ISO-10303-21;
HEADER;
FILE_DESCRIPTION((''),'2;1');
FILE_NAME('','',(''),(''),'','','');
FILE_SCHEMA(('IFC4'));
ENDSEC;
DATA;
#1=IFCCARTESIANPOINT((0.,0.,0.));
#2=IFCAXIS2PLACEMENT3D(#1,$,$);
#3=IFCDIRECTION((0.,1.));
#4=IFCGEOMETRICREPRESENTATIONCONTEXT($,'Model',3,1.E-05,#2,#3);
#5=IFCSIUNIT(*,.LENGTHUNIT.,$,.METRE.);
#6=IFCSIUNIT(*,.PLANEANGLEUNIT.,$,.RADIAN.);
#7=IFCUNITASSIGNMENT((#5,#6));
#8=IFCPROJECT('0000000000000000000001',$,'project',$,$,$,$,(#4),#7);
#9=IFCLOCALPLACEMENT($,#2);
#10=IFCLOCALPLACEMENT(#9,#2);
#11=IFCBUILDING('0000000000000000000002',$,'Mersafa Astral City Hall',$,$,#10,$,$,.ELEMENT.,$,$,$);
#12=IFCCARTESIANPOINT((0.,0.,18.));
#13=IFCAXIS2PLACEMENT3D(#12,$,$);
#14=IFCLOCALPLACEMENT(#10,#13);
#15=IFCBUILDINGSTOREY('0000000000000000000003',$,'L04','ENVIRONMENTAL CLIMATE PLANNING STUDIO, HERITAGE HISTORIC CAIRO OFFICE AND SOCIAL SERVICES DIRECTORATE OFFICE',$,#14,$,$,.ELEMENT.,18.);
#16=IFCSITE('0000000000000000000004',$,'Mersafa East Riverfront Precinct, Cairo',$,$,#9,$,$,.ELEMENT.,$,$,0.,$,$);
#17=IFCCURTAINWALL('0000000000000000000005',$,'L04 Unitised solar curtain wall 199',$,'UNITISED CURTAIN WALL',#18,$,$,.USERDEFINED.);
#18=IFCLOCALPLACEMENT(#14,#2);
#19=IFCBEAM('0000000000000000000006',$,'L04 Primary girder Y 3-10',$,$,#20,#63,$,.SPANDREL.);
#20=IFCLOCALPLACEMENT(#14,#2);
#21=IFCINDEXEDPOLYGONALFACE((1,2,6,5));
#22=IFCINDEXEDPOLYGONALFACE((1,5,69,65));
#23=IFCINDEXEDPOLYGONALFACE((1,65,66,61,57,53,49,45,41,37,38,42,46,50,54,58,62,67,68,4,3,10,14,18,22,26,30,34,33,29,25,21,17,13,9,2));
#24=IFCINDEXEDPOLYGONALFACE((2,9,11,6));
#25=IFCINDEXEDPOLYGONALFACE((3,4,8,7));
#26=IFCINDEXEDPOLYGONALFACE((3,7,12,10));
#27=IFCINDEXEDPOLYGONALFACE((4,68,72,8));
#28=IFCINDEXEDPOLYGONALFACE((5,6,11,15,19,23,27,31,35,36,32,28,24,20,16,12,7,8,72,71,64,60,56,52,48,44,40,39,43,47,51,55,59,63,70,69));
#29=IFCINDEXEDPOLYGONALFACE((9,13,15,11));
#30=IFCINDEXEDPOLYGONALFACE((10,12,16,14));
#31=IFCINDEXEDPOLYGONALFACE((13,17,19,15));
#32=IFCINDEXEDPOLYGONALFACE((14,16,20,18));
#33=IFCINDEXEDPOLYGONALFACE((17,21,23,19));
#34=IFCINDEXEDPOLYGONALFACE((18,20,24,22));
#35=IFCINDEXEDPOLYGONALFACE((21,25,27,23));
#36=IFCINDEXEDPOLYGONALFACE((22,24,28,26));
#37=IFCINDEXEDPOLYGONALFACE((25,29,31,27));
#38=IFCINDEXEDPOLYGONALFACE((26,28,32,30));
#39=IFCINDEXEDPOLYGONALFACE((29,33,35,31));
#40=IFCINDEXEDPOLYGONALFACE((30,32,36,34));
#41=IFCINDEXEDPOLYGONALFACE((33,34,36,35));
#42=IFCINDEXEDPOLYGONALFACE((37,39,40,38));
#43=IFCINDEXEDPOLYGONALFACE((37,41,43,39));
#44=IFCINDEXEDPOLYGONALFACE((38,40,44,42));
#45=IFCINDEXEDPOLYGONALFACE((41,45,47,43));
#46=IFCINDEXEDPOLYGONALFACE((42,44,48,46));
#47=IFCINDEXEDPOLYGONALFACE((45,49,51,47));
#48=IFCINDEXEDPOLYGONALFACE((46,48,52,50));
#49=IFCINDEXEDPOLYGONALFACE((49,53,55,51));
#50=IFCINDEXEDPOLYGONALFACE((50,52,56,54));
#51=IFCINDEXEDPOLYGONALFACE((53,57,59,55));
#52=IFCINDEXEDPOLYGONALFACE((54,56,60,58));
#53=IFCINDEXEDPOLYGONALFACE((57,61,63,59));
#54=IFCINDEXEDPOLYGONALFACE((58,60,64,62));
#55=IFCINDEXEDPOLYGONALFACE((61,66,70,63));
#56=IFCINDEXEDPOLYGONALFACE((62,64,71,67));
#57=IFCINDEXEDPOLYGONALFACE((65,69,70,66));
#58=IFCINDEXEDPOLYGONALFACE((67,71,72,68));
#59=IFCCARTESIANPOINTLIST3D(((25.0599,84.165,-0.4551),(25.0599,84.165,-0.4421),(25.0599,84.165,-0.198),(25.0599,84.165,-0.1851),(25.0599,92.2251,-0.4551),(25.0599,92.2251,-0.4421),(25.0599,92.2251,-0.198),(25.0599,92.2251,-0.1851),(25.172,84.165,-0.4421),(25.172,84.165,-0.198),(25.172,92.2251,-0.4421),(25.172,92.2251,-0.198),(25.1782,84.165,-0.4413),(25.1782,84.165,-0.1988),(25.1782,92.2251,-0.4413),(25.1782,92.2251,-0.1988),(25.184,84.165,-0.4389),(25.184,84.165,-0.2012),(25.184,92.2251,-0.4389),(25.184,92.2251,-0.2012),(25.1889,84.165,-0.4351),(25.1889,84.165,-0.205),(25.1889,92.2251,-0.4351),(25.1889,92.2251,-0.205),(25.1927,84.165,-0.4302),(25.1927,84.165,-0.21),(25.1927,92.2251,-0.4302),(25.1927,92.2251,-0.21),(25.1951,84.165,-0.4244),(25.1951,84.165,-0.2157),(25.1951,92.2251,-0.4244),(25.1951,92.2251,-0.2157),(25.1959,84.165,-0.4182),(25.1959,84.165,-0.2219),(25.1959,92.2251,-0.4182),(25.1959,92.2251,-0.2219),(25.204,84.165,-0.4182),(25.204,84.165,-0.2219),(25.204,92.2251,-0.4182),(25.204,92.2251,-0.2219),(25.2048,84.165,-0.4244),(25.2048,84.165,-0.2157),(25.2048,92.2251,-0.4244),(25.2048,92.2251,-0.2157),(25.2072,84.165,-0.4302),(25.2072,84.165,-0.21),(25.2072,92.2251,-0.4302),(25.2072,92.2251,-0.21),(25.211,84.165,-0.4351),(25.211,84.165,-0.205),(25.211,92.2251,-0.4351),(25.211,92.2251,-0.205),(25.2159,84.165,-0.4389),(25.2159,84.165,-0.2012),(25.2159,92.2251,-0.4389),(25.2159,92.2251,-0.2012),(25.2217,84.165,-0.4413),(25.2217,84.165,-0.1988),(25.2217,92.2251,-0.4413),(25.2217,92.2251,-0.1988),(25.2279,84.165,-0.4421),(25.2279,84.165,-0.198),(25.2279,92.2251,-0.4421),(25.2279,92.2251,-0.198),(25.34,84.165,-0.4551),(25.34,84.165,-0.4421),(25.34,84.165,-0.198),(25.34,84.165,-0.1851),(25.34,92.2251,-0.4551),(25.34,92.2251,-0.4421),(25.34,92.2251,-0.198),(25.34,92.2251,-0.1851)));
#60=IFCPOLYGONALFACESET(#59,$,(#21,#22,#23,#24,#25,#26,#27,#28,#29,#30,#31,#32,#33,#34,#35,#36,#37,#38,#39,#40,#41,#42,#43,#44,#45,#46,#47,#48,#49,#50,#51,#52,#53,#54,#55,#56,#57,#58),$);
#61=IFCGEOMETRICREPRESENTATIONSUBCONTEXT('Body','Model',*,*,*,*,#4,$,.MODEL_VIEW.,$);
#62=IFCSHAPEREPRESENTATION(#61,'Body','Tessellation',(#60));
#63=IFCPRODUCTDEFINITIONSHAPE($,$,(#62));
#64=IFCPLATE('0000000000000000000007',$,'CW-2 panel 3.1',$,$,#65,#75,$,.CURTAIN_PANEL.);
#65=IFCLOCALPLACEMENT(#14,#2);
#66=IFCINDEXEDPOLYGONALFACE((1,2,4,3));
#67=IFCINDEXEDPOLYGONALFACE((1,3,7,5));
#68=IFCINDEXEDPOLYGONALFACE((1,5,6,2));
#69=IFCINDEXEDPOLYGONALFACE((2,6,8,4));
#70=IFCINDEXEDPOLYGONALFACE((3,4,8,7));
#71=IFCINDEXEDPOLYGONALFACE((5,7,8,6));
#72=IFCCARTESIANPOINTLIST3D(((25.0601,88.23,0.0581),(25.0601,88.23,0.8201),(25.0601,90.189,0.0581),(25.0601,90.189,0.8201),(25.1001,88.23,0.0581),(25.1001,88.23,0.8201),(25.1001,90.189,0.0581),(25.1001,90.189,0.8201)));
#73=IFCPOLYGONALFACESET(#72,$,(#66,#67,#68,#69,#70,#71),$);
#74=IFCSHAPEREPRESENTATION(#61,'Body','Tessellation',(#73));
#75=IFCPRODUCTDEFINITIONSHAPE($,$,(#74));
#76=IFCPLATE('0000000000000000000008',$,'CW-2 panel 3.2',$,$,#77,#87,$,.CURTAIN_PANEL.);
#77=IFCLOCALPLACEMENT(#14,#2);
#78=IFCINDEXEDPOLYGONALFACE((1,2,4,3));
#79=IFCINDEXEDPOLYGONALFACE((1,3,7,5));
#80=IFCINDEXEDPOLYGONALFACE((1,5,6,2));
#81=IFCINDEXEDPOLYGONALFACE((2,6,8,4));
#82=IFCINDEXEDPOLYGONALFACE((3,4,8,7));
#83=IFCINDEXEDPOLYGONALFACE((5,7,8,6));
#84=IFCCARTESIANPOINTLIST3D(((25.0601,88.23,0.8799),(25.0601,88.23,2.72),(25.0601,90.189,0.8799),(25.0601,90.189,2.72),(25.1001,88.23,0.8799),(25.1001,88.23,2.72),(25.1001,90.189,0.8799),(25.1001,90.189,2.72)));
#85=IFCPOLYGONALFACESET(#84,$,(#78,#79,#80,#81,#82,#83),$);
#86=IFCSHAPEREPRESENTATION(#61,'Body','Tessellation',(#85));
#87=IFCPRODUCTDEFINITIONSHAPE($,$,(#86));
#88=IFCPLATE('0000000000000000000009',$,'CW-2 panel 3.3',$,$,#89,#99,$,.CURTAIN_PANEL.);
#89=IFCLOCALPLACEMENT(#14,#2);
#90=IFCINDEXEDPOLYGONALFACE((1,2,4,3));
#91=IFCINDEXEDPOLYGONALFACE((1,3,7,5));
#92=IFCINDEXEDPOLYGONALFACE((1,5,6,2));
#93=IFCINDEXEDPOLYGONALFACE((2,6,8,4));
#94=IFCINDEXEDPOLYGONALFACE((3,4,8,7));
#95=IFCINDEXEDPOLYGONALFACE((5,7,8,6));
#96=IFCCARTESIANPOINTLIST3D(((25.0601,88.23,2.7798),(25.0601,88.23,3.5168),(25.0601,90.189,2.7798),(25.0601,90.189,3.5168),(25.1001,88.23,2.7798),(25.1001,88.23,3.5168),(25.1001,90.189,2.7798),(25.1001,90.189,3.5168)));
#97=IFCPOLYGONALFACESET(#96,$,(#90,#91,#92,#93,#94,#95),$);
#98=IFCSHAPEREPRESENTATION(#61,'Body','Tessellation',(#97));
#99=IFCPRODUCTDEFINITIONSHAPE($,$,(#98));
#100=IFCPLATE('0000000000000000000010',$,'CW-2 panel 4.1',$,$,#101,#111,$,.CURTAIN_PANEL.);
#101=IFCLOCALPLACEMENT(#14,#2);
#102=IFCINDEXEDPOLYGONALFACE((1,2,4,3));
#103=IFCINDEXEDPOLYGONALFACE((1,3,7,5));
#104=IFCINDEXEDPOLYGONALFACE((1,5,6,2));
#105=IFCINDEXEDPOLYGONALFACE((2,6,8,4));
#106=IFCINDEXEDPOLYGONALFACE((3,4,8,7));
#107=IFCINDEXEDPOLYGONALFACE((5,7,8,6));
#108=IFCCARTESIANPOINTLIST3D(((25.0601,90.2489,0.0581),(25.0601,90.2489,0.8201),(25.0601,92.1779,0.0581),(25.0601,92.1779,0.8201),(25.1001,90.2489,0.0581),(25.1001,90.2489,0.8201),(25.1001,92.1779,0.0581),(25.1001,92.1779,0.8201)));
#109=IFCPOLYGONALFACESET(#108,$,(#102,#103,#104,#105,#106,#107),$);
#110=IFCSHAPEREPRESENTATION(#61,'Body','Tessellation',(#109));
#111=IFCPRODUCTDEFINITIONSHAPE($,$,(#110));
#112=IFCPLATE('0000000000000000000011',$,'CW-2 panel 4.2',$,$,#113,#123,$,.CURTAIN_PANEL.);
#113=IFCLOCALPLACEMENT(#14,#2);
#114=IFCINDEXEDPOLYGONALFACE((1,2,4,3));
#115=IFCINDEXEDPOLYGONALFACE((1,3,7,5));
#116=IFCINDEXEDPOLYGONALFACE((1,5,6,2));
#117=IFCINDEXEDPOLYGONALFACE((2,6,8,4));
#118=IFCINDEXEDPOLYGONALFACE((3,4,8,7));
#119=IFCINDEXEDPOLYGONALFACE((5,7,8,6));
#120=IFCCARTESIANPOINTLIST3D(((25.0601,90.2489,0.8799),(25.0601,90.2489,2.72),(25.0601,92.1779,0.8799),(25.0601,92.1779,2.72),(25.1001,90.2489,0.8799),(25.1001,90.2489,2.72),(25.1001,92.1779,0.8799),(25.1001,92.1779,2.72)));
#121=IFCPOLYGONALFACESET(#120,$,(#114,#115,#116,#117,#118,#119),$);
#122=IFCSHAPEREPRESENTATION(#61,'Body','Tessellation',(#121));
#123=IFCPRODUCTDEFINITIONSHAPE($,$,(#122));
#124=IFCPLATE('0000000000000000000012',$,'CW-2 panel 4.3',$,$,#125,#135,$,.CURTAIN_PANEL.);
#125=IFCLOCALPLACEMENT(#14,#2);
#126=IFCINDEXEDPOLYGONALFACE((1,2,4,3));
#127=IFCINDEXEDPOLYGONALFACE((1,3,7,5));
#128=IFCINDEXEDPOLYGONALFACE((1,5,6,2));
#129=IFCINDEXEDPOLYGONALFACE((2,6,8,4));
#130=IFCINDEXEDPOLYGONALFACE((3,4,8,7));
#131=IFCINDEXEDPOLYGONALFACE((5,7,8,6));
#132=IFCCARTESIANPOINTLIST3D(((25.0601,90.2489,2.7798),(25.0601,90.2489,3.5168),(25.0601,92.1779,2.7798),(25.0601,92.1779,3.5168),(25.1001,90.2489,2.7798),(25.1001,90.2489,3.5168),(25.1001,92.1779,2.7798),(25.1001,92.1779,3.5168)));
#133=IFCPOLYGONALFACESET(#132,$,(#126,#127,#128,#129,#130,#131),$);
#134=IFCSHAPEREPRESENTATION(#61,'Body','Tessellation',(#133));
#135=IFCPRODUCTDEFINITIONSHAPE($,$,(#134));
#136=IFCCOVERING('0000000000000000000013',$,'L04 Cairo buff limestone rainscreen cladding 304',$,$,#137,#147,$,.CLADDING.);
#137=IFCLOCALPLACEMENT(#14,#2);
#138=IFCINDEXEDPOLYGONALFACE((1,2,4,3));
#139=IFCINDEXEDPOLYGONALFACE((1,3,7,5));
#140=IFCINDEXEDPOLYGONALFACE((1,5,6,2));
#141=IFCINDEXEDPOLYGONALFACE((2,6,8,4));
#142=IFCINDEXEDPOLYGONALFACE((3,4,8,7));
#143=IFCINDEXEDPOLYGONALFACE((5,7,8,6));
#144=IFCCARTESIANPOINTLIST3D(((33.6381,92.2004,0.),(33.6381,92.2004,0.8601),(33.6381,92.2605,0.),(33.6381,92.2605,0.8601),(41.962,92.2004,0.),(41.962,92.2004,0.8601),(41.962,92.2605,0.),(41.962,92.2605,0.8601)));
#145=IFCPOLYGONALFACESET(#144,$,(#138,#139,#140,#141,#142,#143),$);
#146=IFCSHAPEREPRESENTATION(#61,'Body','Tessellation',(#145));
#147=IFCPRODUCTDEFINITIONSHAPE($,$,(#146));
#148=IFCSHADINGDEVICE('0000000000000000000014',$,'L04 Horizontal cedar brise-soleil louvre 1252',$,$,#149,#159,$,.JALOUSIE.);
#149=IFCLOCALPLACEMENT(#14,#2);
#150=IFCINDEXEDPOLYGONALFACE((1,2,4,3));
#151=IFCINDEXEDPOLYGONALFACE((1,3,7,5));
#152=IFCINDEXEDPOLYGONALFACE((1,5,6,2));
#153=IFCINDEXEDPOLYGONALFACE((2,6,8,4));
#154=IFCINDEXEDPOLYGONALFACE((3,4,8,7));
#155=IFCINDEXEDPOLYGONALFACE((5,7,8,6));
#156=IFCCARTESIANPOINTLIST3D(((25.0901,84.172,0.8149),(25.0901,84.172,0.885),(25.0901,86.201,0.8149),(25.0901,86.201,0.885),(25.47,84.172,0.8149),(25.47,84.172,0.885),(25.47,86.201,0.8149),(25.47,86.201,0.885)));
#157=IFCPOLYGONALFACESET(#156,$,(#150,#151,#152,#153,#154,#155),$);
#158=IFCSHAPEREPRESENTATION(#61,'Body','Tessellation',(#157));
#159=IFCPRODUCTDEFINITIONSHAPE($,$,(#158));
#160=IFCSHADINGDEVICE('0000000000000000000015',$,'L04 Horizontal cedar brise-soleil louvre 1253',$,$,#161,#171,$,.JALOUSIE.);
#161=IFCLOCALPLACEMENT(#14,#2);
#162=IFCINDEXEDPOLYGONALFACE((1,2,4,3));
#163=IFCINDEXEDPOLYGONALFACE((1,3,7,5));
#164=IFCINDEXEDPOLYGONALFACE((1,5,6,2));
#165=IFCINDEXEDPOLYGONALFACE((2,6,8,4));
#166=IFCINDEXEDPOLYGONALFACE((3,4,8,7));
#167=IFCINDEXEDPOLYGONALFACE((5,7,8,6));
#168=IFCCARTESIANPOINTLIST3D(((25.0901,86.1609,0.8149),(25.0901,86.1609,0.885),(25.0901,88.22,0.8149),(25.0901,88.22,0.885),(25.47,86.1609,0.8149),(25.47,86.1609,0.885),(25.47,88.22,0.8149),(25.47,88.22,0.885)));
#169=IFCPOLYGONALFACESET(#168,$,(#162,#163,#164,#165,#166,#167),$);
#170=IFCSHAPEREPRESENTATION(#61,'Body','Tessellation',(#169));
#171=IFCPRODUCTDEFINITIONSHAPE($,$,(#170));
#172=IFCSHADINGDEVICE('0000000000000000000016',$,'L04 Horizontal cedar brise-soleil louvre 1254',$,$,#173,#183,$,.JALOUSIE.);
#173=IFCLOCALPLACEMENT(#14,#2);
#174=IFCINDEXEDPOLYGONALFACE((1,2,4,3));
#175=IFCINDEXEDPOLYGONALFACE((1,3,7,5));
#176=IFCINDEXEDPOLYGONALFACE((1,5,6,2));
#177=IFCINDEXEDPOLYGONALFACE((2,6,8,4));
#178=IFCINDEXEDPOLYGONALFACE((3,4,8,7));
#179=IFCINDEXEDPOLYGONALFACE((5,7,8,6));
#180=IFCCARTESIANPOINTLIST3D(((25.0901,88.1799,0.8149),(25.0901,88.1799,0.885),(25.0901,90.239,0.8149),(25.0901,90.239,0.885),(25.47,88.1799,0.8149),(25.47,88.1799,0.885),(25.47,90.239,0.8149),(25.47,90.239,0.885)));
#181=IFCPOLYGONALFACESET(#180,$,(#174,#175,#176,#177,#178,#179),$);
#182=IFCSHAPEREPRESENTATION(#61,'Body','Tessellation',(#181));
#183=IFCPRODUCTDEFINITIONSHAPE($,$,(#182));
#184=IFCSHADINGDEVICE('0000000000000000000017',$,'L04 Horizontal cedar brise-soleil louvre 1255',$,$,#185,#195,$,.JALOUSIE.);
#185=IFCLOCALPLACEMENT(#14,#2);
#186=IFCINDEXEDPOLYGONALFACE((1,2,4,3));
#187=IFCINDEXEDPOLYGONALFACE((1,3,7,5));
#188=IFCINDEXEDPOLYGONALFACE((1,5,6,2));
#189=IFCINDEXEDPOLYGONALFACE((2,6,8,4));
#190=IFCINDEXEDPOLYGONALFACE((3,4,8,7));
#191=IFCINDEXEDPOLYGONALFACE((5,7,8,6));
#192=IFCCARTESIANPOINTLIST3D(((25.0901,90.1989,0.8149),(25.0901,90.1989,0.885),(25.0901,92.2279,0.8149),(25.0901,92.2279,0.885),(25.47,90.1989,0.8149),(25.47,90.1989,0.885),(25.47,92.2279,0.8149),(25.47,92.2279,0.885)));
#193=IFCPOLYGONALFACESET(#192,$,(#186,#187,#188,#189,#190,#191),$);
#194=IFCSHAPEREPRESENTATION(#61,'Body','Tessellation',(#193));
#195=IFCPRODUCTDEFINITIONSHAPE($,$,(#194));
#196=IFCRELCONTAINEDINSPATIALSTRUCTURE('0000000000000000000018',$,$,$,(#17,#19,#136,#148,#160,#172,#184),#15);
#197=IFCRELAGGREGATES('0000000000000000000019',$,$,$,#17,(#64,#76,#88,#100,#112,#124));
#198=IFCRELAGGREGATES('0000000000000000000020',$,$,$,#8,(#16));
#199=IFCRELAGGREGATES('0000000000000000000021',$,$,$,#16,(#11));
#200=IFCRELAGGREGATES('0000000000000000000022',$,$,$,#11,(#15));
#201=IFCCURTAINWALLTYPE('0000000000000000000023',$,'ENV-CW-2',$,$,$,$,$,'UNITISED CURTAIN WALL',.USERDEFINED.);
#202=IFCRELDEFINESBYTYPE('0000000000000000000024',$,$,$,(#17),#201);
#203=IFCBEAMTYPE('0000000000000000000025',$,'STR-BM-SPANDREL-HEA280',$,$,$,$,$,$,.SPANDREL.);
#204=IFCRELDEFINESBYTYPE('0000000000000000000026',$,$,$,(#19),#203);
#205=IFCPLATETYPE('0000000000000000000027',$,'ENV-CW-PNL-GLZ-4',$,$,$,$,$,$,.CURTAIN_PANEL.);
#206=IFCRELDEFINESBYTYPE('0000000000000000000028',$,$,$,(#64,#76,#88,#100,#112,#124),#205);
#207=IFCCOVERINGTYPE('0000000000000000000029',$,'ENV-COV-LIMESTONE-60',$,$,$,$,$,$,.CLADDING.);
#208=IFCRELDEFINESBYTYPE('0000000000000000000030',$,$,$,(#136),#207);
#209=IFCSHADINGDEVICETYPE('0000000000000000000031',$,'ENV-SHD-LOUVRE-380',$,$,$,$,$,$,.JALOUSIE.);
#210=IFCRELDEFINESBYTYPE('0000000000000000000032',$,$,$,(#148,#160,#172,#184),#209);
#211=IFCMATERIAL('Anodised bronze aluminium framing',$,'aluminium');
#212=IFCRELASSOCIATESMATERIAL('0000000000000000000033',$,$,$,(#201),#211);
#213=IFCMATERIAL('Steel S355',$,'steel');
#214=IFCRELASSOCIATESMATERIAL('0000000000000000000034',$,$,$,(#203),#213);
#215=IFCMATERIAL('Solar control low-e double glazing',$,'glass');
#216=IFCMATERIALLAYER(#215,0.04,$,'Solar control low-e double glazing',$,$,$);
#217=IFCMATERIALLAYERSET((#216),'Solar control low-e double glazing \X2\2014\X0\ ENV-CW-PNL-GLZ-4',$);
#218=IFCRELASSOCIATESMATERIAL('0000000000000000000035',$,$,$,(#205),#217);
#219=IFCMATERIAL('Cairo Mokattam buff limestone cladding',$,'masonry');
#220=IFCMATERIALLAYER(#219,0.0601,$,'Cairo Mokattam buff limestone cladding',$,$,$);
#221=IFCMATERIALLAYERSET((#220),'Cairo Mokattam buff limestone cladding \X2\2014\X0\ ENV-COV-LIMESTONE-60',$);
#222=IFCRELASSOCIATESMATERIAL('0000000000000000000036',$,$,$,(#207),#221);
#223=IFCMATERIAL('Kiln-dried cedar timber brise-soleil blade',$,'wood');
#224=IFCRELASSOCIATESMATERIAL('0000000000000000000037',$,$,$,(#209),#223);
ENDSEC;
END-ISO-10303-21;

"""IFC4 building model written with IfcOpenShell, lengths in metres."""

from ifc_helpers import new_model, si_unit, direction, frame, origin, origin_2d, place, context, subcontext, project, spatial, rectangle, i_section, extrude, material, layer, layer_set, material_profile, profile_set, type_object, element, aggregate, save


model = new_model("IFC4")

# Units and contexts
model_context = context("Model", 3, precision=1e-05, world=origin(), true_north=direction((0.0, 1.0)))
body_context = subcontext(model_context, "Body", "Model", "MODEL_VIEW")
ifc_project = project(units=[si_unit("LENGTHUNIT", "METRE"), si_unit("PLANEANGLEUNIT", "RADIAN")], contexts=[model_context])

# Site, building, storey
site_placement = place(None, origin())
site = spatial("IfcSite", under=ifc_project, at=site_placement, Name="Mersafa East Riverfront Precinct, Cairo", CompositionType="ELEMENT", RefElevation=0.0)
building_placement = place(site_placement, origin())
building = spatial("IfcBuilding", under=site, at=building_placement, Name="Mersafa Astral City Hall", CompositionType="ELEMENT")
storey_placement = place(building_placement, frame((0.0, 0.0, 18.0)))
storey = spatial("IfcBuildingStorey", under=building, at=storey_placement, Name="L04", Description="ENVIRONMENTAL CLIMATE PLANNING STUDIO, HERITAGE HISTORIC CAIRO OFFICE AND SOCIAL SERVICES DIRECTORATE OFFICE", CompositionType="ELEMENT", Elevation=18.0)

# Shared definitions
ifc_material_1 = material(Name="Steel S355", Category="steel")

# Curtain wall
ifc_material_2 = material(Name="Anodised bronze aluminium framing", Category="aluminium")
curtain_wall_type = type_object("IfcCurtainWallType", Name="ENV-CW-2", ElementType="UNITISED CURTAIN WALL", PredefinedType="USERDEFINED", material=ifc_material_2)
curtain_wall_placement = place(storey_placement, origin())
curtain_wall = element("IfcCurtainWall", 1, at=curtain_wall_placement, inside=storey, type_object=curtain_wall_type, Name="L04 Unitised solar curtain wall 199", ObjectType="UNITISED CURTAIN WALL", PredefinedType="USERDEFINED")

# Beam
ifc_material_profile_1 = material_profile(ifc_material_1, i_section(OverallWidth=0.28, OverallDepth=0.27, WebThickness=0.0081, FlangeThickness=0.0129, FilletRadius=0.0239, at=origin_2d()), Name="HEA 280")
ifc_profile_set_1 = profile_set([ifc_material_profile_1], Name="Steel S355")
beam_type = type_object("IfcBeamType", Name="STR-BM-SPANDREL-HEA280", PredefinedType="SPANDREL", material=ifc_profile_set_1)
beam_placement = place(storey_placement, frame((25.2, 84.165, -0.3201), z_axis=(0.0, 1.0, 0.0), x_axis=(-1.0, 0.0, 0.0)))
element("IfcBeam", 2, at=beam_placement, inside=storey, type_object=beam_type, Name="L04 Primary girder Y 3-10", PredefinedType="SPANDREL", context=body_context, shape_type="SweptSolid", body=[
    extrude(i_section(OverallWidth=0.28, OverallDepth=0.27, WebThickness=0.0081, FlangeThickness=0.0129, FilletRadius=0.0239, at=origin_2d()), origin(), (0.0, 0.0, 1.0), 8.0601),
])

# Plates
ifc_material_3 = material(Name="Solar control low-e double glazing", Category="glass")
ifc_layer_1 = layer(ifc_material_3, 0.04, Name="Solar control low-e double glazing")
ifc_layer_set_1 = layer_set([ifc_layer_1], Name="Solar control low-e double glazing — ENV-CW-PNL-GLZ-4")
plate_type = type_object("IfcPlateType", Name="ENV-CW-PNL-GLZ-4", PredefinedType="CURTAIN_PANEL", material=ifc_layer_set_1)
plate_1_placement = place(storey_placement, frame((25.0801, 89.2095, 0.0581), z_axis=(0.0, 0.0, 1.0), x_axis=(0.0, 1.0, 0.0)))
plate_1 = element("IfcPlate", 3, at=plate_1_placement, type_object=plate_type, Name="CW-2 panel 3.1", PredefinedType="CURTAIN_PANEL", context=body_context, shape_type="SweptSolid", body=[
    extrude(rectangle(XDim=1.959, YDim=0.04, at=origin_2d()), origin(), (0.0, 0.0, 1.0), 0.762),
])
plate_2_placement = place(storey_placement, frame((25.0801, 89.2095, 0.8799), z_axis=(0.0, 0.0, 1.0), x_axis=(0.0, 1.0, 0.0)))
plate_2 = element("IfcPlate", 4, at=plate_2_placement, type_object=plate_type, Name="CW-2 panel 3.2", PredefinedType="CURTAIN_PANEL", context=body_context, shape_type="SweptSolid", body=[
    extrude(rectangle(XDim=1.959, YDim=0.04, at=origin_2d()), origin(), (0.0, 0.0, 1.0), 1.8401),
])
plate_3_placement = place(storey_placement, frame((25.0801, 89.2095, 2.7798), z_axis=(0.0, 0.0, 1.0), x_axis=(0.0, 1.0, 0.0)))
plate_3 = element("IfcPlate", 5, at=plate_3_placement, type_object=plate_type, Name="CW-2 panel 3.3", PredefinedType="CURTAIN_PANEL", context=body_context, shape_type="SweptSolid", body=[
    extrude(rectangle(XDim=1.959, YDim=0.04, at=origin_2d()), origin(), (0.0, 0.0, 1.0), 0.7371),
])
plate_4_placement = place(storey_placement, frame((25.0801, 91.2134, 0.0581), z_axis=(0.0, 0.0, 1.0), x_axis=(0.0, 1.0, 0.0)))
plate_4 = element("IfcPlate", 6, at=plate_4_placement, type_object=plate_type, Name="CW-2 panel 4.1", PredefinedType="CURTAIN_PANEL", context=body_context, shape_type="SweptSolid", body=[
    extrude(rectangle(XDim=1.929, YDim=0.04, at=origin_2d()), origin(), (0.0, 0.0, 1.0), 0.762),
])
plate_5_placement = place(storey_placement, frame((25.0801, 91.2134, 0.8799), z_axis=(0.0, 0.0, 1.0), x_axis=(0.0, 1.0, 0.0)))
plate_5 = element("IfcPlate", 7, at=plate_5_placement, type_object=plate_type, Name="CW-2 panel 4.2", PredefinedType="CURTAIN_PANEL", context=body_context, shape_type="SweptSolid", body=[
    extrude(rectangle(XDim=1.929, YDim=0.04, at=origin_2d()), origin(), (0.0, 0.0, 1.0), 1.8401),
])
plate_6_placement = place(storey_placement, frame((25.0801, 91.2134, 2.7798), z_axis=(0.0, 0.0, 1.0), x_axis=(0.0, 1.0, 0.0)))
plate_6 = element("IfcPlate", 8, at=plate_6_placement, type_object=plate_type, Name="CW-2 panel 4.3", PredefinedType="CURTAIN_PANEL", context=body_context, shape_type="SweptSolid", body=[
    extrude(rectangle(XDim=1.929, YDim=0.04, at=origin_2d()), origin(), (0.0, 0.0, 1.0), 0.7371),
])
aggregate(curtain_wall, [plate_1, plate_2, plate_3, plate_4, plate_5, plate_6])

# Covering
ifc_material_4 = material(Name="Cairo Mokattam buff limestone cladding", Category="masonry")
ifc_layer_2 = layer(ifc_material_4, 0.0601, Name="Cairo Mokattam buff limestone cladding")
ifc_layer_set_2 = layer_set([ifc_layer_2], Name="Cairo Mokattam buff limestone cladding — ENV-COV-LIMESTONE-60")
covering_type = type_object("IfcCoveringType", Name="ENV-COV-LIMESTONE-60", PredefinedType="CLADDING", material=ifc_layer_set_2)
covering_placement = place(storey_placement, frame((37.8, 92.2305, 0.0), z_axis=(0.0, 0.0, 1.0), x_axis=(1.0, 0.0, 0.0)))
element("IfcCovering", 9, at=covering_placement, inside=storey, type_object=covering_type, Name="L04 Cairo buff limestone rainscreen cladding 304", PredefinedType="CLADDING", context=body_context, shape_type="SweptSolid", body=[
    extrude(rectangle(XDim=8.324, YDim=0.0601, at=origin_2d()), origin(), (0.0, 0.0, 1.0), 0.8601),
])

# Shading devices
ifc_material_5 = material(Name="Kiln-dried cedar timber brise-soleil blade", Category="wood")
shading_device_type_1 = type_object("IfcShadingDeviceType", Name="ENV-SHD-LOUVRE-380", PredefinedType="JALOUSIE", material=ifc_material_5)
shading_device_1_placement = place(storey_placement, frame((25.28, 85.1865, 0.8149), z_axis=(0.0, 0.0, 1.0), x_axis=(0.0, 1.0, 0.0)))
element("IfcShadingDevice", 10, at=shading_device_1_placement, inside=storey, type_object=shading_device_type_1, Name="L04 Horizontal cedar brise-soleil louvre 1252", PredefinedType="JALOUSIE", context=body_context, shape_type="SweptSolid", body=[
    extrude(rectangle(XDim=2.0291, YDim=0.3799, at=origin_2d()), origin(), (0.0, 0.0, 1.0), 0.0701),
])
for number, where, z_axis, x_axis, name in (
    (11, (25.28, 87.1904, 0.8149), (0.0, 0.0, 1.0), (0.0, 1.0, 0.0), "L04 Horizontal cedar brise-soleil louvre 1253"),
    (12, (25.28, 89.2095, 0.8149), (0.0, 0.0, 1.0), (0.0, 1.0, 0.0), "L04 Horizontal cedar brise-soleil louvre 1254"),
):
    element("IfcShadingDevice", number, at=place(storey_placement, frame(where, z_axis=z_axis, x_axis=x_axis)), inside=storey, type_object=shading_device_type_1, Name=name, PredefinedType="JALOUSIE", context=body_context, shape_type="SweptSolid", body=[
        extrude(rectangle(XDim=2.0591, YDim=0.3799, at=origin_2d()), origin(), (0.0, 0.0, 1.0), 0.0701),
    ])
for number, where, z_axis, x_axis, name in (
    (13, (25.28, 91.2134, 0.8149), (0.0, 0.0, 1.0), (0.0, 1.0, 0.0), "L04 Horizontal cedar brise-soleil louvre 1255"),
):
    element("IfcShadingDevice", number, at=place(storey_placement, frame(where, z_axis=z_axis, x_axis=x_axis)), inside=storey, type_object=shading_device_type_1, Name=name, PredefinedType="JALOUSIE", context=body_context, shape_type="SweptSolid", body=[
        extrude(rectangle(XDim=2.0291, YDim=0.3799, at=origin_2d()), origin(), (0.0, 0.0, 1.0), 0.0701),
    ])

save(model, "model.ifc")
